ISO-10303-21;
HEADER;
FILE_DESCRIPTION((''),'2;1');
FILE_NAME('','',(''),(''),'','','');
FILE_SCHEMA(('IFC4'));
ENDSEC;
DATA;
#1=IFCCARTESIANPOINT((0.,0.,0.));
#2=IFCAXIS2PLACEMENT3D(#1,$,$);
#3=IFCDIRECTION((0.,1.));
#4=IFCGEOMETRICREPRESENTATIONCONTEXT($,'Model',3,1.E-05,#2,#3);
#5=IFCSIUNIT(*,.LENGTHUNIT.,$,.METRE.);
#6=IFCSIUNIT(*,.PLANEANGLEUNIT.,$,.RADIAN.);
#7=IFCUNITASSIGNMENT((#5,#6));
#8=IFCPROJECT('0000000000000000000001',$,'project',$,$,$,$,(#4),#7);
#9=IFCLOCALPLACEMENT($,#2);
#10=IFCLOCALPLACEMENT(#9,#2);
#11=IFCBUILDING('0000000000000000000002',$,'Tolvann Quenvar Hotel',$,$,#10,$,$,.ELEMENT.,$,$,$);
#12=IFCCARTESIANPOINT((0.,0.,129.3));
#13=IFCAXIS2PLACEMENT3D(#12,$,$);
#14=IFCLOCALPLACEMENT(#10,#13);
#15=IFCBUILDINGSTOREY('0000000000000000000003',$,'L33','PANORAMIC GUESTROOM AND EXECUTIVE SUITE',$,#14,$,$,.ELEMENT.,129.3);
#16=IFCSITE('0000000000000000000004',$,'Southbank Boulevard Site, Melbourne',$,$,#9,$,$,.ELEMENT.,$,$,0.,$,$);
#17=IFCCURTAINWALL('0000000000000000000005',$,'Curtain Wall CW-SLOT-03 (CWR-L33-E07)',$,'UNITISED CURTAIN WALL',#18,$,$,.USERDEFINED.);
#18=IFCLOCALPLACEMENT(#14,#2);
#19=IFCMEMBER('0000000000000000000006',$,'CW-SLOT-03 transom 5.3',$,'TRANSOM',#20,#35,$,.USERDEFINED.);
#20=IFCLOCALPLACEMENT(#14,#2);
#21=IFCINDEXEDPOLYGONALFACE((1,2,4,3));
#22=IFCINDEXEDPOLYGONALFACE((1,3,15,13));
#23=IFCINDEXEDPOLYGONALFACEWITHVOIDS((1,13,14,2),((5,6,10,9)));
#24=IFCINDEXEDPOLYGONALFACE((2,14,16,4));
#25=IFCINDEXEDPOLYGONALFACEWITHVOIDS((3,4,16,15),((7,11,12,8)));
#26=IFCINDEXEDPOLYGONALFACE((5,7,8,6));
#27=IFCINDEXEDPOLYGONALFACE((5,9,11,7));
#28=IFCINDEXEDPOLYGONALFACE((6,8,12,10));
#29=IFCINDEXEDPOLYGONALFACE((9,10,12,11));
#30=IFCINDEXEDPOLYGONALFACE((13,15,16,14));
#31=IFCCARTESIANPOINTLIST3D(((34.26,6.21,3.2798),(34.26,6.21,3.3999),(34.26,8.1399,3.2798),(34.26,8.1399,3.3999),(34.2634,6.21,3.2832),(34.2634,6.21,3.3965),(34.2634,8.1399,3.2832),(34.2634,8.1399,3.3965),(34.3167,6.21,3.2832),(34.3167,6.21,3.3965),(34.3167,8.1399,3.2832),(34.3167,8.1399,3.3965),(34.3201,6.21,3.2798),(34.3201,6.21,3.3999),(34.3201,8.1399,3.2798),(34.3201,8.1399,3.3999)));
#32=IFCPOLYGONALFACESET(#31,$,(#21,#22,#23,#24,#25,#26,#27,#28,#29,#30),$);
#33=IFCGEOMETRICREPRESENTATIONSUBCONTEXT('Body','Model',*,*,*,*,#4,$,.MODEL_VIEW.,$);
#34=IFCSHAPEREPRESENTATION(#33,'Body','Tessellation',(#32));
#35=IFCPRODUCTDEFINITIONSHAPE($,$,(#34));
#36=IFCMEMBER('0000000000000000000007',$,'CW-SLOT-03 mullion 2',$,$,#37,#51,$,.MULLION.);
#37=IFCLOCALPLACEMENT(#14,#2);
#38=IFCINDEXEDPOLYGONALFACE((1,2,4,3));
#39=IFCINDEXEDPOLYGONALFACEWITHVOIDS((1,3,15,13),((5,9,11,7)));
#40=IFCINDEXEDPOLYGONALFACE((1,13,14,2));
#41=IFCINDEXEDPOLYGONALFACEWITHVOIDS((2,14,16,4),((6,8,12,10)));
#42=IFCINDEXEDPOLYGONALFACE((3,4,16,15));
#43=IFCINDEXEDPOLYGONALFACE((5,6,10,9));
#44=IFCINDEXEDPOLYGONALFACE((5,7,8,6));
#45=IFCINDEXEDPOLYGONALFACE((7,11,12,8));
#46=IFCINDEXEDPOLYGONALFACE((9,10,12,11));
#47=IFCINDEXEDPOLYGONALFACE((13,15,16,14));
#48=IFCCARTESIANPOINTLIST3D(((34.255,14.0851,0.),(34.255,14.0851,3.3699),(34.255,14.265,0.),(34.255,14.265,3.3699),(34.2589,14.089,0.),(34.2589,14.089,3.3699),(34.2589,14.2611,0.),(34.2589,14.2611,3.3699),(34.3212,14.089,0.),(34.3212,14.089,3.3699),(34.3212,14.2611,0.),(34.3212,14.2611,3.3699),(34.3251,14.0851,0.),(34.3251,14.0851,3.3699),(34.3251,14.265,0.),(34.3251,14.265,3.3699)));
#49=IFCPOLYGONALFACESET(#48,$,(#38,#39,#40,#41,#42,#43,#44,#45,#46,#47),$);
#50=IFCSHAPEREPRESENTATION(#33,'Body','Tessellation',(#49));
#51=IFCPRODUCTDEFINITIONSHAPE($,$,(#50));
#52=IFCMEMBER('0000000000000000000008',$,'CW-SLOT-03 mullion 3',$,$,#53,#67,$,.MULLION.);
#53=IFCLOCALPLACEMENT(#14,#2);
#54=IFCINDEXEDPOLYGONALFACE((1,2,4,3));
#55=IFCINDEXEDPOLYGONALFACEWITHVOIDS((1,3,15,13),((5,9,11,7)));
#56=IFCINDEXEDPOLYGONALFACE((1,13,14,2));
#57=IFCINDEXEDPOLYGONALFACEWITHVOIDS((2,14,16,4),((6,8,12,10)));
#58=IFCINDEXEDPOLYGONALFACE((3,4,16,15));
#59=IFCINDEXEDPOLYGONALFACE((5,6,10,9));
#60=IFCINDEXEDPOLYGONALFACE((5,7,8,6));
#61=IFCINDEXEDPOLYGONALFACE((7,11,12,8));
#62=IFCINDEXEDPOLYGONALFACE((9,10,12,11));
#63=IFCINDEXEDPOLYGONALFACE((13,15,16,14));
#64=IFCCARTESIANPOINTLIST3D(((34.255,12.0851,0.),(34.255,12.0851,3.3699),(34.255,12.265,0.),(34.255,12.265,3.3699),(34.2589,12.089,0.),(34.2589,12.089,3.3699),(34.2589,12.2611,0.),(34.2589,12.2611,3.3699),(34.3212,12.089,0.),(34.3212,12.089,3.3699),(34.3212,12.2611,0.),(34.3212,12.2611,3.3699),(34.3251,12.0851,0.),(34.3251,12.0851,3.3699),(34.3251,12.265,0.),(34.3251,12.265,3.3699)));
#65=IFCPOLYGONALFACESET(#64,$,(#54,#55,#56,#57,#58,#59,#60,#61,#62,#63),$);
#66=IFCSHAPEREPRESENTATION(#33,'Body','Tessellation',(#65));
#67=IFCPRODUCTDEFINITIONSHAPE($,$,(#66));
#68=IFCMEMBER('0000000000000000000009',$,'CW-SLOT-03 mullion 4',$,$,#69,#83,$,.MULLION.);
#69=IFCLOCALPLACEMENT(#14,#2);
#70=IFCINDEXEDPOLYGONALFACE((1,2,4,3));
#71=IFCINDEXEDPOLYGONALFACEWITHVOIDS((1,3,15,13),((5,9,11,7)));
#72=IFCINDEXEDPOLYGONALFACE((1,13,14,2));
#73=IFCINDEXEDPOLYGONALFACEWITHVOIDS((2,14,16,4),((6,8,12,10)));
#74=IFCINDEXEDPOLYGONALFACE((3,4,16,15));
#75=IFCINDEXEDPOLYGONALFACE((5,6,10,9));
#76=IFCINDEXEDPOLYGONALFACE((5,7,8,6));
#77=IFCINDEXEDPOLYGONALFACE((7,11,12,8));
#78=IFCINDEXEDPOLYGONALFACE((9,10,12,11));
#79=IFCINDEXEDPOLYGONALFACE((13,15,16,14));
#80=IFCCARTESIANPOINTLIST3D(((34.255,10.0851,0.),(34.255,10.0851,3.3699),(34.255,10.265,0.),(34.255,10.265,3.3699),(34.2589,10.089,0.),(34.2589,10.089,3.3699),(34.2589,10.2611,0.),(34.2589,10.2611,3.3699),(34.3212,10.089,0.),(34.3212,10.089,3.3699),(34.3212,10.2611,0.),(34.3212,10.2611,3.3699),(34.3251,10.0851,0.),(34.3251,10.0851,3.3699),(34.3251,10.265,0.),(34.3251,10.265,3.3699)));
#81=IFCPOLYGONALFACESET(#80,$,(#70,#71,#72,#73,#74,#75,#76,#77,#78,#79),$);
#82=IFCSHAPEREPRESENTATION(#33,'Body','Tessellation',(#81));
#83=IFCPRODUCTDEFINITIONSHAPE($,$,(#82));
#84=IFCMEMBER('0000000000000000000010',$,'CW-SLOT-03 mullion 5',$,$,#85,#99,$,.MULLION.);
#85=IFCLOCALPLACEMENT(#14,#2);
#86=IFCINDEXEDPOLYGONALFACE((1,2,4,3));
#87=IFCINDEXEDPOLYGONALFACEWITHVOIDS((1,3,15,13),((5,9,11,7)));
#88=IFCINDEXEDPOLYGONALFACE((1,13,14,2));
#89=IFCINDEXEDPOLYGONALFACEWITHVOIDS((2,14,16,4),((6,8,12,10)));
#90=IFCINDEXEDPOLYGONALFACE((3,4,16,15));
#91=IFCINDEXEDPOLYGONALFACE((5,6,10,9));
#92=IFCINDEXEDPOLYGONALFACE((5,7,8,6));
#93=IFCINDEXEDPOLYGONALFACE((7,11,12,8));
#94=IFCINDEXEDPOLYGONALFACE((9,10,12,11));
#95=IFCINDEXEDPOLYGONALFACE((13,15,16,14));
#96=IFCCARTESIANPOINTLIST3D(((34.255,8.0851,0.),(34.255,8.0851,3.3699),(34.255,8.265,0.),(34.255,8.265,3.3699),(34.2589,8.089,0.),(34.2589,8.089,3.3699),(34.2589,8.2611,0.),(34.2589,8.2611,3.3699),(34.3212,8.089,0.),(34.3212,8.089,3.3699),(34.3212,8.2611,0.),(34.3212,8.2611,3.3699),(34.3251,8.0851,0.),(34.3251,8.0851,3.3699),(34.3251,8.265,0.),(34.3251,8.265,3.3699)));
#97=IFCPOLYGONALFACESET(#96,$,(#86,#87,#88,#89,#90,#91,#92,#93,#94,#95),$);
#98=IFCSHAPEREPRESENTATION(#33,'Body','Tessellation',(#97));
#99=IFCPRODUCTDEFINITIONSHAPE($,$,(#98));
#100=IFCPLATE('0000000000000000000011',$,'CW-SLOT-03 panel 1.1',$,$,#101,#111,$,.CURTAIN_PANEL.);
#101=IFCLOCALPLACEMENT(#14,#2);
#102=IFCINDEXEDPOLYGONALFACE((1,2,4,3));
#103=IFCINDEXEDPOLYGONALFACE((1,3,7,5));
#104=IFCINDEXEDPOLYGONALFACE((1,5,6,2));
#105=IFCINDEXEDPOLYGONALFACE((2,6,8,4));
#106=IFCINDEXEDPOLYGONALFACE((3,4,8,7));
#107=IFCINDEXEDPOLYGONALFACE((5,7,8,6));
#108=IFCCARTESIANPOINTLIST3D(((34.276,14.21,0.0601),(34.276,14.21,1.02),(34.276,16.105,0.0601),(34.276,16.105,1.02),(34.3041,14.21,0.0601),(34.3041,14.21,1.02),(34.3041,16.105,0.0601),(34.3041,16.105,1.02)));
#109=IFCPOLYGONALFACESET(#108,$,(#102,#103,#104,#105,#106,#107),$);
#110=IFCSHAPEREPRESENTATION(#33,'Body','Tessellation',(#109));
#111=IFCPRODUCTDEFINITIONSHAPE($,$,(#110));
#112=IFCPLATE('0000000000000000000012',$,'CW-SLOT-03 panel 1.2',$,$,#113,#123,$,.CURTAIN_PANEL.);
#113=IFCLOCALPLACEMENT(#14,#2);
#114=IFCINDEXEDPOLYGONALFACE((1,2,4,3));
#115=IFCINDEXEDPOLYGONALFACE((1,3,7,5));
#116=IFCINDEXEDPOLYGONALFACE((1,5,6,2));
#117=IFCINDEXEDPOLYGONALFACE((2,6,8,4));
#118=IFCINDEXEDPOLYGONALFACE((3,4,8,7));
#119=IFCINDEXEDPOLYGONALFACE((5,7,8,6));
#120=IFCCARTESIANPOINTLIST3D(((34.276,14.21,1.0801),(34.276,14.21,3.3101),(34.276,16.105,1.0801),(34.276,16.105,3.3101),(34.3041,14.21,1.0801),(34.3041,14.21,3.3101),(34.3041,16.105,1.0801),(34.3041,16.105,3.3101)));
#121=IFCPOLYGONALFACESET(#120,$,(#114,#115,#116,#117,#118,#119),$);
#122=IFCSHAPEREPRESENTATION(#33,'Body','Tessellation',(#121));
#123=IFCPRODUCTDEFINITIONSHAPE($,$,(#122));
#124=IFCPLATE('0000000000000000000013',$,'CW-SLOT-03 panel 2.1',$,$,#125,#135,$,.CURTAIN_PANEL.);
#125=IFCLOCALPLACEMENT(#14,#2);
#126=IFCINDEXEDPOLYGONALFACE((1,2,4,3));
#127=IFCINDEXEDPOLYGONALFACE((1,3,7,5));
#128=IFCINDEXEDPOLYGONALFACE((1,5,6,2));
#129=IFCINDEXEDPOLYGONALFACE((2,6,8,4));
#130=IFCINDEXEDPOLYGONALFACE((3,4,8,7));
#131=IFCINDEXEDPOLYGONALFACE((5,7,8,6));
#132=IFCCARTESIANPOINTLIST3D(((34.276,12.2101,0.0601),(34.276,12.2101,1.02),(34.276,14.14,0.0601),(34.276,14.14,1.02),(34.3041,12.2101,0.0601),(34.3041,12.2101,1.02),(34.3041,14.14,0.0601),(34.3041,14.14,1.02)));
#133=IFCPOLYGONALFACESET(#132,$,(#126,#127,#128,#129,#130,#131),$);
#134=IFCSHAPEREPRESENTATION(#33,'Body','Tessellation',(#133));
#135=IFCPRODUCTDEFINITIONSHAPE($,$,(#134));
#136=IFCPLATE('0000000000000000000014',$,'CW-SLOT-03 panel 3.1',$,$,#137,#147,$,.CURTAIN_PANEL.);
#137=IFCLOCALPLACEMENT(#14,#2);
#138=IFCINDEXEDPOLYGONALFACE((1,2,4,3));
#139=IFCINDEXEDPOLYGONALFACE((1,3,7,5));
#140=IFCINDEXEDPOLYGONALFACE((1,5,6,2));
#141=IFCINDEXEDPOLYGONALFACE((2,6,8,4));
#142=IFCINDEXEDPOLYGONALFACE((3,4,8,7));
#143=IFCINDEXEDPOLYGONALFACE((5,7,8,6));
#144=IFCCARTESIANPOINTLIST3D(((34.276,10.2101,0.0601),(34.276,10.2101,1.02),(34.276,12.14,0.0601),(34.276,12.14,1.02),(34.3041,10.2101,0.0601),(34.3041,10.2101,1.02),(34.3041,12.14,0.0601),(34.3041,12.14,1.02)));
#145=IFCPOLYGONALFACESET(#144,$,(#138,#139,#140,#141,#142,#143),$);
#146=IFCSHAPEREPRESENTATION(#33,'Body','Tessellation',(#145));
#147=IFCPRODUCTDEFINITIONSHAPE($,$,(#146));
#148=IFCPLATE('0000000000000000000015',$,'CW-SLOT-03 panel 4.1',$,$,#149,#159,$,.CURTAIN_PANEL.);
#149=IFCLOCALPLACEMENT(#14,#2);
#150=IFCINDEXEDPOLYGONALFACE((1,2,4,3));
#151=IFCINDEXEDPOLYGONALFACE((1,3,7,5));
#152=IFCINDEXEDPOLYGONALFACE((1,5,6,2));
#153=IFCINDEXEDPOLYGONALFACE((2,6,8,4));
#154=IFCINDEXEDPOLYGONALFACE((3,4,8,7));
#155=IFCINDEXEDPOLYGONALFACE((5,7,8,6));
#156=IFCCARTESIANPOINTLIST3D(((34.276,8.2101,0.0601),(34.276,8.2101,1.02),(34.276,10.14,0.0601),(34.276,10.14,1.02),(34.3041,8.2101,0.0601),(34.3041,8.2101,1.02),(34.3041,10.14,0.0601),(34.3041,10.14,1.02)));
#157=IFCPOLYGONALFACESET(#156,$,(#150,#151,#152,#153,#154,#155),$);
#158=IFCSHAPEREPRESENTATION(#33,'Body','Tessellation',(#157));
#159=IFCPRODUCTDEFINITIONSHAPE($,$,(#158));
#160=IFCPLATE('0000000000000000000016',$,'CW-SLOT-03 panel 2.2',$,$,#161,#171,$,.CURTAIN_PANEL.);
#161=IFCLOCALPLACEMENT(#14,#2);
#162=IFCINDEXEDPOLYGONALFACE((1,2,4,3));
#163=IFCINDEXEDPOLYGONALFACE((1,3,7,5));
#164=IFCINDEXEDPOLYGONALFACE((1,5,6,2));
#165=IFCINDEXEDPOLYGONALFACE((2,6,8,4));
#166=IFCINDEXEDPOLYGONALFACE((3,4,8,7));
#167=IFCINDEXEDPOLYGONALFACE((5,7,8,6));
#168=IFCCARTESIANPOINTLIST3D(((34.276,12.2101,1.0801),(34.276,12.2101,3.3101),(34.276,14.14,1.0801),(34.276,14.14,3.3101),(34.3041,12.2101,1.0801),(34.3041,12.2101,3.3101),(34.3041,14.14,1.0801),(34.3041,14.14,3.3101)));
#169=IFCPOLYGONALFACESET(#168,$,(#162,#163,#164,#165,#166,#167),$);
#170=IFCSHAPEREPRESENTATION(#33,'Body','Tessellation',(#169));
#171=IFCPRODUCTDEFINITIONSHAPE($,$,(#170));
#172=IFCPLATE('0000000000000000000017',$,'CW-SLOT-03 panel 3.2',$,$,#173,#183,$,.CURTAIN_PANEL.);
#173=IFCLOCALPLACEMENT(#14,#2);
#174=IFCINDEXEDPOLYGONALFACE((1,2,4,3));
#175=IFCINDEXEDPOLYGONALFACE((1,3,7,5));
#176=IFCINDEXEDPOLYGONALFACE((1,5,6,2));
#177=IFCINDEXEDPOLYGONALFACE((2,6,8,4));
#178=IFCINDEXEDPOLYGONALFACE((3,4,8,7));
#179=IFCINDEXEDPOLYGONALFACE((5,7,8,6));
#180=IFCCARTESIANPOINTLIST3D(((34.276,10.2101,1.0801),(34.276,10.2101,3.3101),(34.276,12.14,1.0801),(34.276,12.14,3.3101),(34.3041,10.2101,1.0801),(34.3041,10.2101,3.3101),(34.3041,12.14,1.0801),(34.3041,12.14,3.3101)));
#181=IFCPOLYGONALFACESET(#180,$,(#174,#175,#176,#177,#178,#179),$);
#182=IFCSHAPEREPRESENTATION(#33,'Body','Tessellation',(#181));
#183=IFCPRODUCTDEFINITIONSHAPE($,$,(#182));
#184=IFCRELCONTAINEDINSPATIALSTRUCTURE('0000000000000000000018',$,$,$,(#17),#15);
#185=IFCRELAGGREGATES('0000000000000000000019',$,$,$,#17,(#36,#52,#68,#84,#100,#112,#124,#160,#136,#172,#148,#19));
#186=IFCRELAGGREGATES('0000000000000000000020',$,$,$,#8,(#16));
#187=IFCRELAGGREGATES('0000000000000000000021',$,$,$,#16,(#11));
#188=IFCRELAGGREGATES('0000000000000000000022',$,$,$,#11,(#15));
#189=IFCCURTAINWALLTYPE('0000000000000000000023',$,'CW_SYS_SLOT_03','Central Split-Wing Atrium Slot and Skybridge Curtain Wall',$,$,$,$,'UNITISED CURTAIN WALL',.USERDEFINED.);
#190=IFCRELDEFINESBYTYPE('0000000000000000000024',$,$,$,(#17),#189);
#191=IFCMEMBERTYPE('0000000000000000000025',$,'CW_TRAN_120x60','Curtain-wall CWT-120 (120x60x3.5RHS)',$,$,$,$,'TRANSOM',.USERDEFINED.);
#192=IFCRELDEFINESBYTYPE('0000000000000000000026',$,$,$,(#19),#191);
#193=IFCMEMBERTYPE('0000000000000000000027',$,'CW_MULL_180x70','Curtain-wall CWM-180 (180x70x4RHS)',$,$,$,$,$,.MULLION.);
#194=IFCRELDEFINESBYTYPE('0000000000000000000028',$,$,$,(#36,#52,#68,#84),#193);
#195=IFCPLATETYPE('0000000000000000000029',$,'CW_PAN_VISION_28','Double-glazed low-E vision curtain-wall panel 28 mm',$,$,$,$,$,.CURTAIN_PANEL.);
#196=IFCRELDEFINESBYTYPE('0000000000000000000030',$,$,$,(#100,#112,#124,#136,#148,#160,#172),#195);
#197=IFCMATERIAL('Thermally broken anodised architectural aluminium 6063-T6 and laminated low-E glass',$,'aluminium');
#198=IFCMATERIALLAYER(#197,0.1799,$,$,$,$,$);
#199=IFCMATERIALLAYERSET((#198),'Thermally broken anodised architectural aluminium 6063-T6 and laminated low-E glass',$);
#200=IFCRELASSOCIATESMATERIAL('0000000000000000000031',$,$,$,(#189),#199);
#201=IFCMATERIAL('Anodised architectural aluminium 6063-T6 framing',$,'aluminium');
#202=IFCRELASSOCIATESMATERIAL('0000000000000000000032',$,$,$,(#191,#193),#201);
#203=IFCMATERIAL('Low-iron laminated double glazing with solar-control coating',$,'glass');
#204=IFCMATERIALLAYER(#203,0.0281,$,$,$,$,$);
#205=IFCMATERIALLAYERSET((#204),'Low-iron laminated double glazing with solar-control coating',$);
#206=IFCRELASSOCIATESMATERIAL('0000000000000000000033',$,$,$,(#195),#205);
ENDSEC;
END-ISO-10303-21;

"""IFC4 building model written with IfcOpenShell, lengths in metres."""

from ifc_helpers import new_model, si_unit, direction, frame, origin, origin_2d, place, context, subcontext, project, spatial, rectangle, hollow_rectangle, extrude, source, transform, mapped, material, layer, layer_set, material_profile, profile_set, type_object, type_shapes, element, aggregate, save


model = new_model("IFC4")

# Units and contexts
model_context = context("Model", 3, precision=1e-05, world=origin(), true_north=direction((0.0, 1.0)))
body_context = subcontext(model_context, "Body", "Model", "MODEL_VIEW")
ifc_project = project(units=[si_unit("LENGTHUNIT", "METRE"), si_unit("PLANEANGLEUNIT", "RADIAN")], contexts=[model_context])

# Site, building, storey
site_placement = place(None, origin())
site = spatial("IfcSite", under=ifc_project, at=site_placement, Name="Southbank Boulevard Site, Melbourne", CompositionType="ELEMENT", RefElevation=0.0)
building_placement = place(site_placement, origin())
building = spatial("IfcBuilding", under=site, at=building_placement, Name="Tolvann Quenvar Hotel", CompositionType="ELEMENT")
storey_placement = place(building_placement, frame((0.0, 0.0, 129.3)))
storey = spatial("IfcBuildingStorey", under=building, at=storey_placement, Name="L33", Description="PANORAMIC GUESTROOM AND EXECUTIVE SUITE", CompositionType="ELEMENT", Elevation=129.3)

# Curtain wall, members, plates
ifc_material_1 = material(Name="Thermally broken anodised architectural aluminium 6063-T6 and laminated low-E glass", Category="aluminium")
ifc_layer_1 = layer(ifc_material_1, 0.1799)
ifc_layer_set_1 = layer_set([ifc_layer_1], Name="Thermally broken anodised architectural aluminium 6063-T6 and laminated low-E glass")
curtain_wall_type = type_object("IfcCurtainWallType", Name="CW_SYS_SLOT_03", Description="Central Split-Wing Atrium Slot and Skybridge Curtain Wall", ElementType="UNITISED CURTAIN WALL", PredefinedType="USERDEFINED", material=ifc_layer_set_1)
curtain_wall_placement = place(storey_placement, origin())
curtain_wall = element("IfcCurtainWall", 1, at=curtain_wall_placement, inside=storey, type_object=curtain_wall_type, Name="Curtain Wall CW-SLOT-03 (CWR-L33-E07)", ObjectType="UNITISED CURTAIN WALL", PredefinedType="USERDEFINED")
ifc_material_2 = material(Name="Anodised architectural aluminium 6063-T6 framing", Category="aluminium")
ifc_material_profile_1 = material_profile(ifc_material_2, hollow_rectangle(XDim=0.0601, YDim=0.1201, WallThickness=0.0034, at=origin_2d()), Name="120x60x3.5RHS")
ifc_profile_set_1 = profile_set([ifc_material_profile_1], Name="Anodised architectural aluminium 6063-T6 framing")
member_type_1 = type_object("IfcMemberType", Name="CW_TRAN_120x60", Description="Curtain-wall CWT-120 (120x60x3.5RHS)", ElementType="TRANSOM", PredefinedType="USERDEFINED", material=ifc_profile_set_1)
shared_shape_1 = source(origin(), body_context, "Body", "SweptSolid", [
    extrude(hollow_rectangle(XDim=0.0601, YDim=0.1201, WallThickness=0.0034, at=origin_2d()), origin(), (0.0, 0.0, 1.0), 1.9299),
])
type_shapes(member_type_1, [shared_shape_1])
member_1_placement = place(storey_placement, frame((34.29, 8.1399, 3.3398), z_axis=(0.0, -1.0, 0.0), x_axis=(1.0, 0.0, 0.0)))
member_1 = element("IfcMember", 2, at=member_1_placement, type_object=member_type_1, Name="CW-SLOT-03 transom 5.3", ObjectType="TRANSOM", PredefinedType="USERDEFINED", context=body_context, shape_type="MappedRepresentation", body=[
    mapped(shared_shape_1, transform((0.0, 0.0, 0.0), x_axis=(1.0, 0.0, 0.0), y_axis=(0.0, 1.0, 0.0), z_axis=(0.0, 0.0, 1.0), scale=1.0)),
])
ifc_material_profile_2 = material_profile(ifc_material_2, hollow_rectangle(XDim=0.0701, YDim=0.1799, WallThickness=0.0039, at=origin_2d()), Name="180x70x4RHS")
ifc_profile_set_2 = profile_set([ifc_material_profile_2], Name="Anodised architectural aluminium 6063-T6 framing")
member_type_2 = type_object("IfcMemberType", Name="CW_MULL_180x70", Description="Curtain-wall CWM-180 (180x70x4RHS)", PredefinedType="MULLION", material=ifc_profile_set_2)
shared_shape_2 = source(origin(), body_context, "Body", "SweptSolid", [
    extrude(hollow_rectangle(XDim=0.0701, YDim=0.1799, WallThickness=0.0039, at=origin_2d()), origin(), (0.0, 0.0, 1.0), 3.3699),
])
type_shapes(member_type_2, [shared_shape_2])
member_2_placement = place(storey_placement, frame((34.29, 14.175, 0.0), z_axis=(0.0, 0.0, 1.0), x_axis=(1.0, 0.0, 0.0)))
member_2 = element("IfcMember", 3, at=member_2_placement, type_object=member_type_2, Name="CW-SLOT-03 mullion 2", PredefinedType="MULLION", context=body_context, shape_type="MappedRepresentation", body=[
    mapped(shared_shape_2, transform((0.0, 0.0, 0.0), x_axis=(1.0, 0.0, 0.0), y_axis=(0.0, 1.0, 0.0), z_axis=(0.0, 0.0, 1.0), scale=1.0)),
])
member_3_placement = place(storey_placement, frame((34.29, 12.175, 0.0), z_axis=(0.0, 0.0, 1.0), x_axis=(1.0, 0.0, 0.0)))
member_3 = element("IfcMember", 4, at=member_3_placement, type_object=member_type_2, Name="CW-SLOT-03 mullion 3", PredefinedType="MULLION", context=body_context, shape_type="MappedRepresentation", body=[
    mapped(shared_shape_2, transform((0.0, 0.0, 0.0), x_axis=(1.0, 0.0, 0.0), y_axis=(0.0, 1.0, 0.0), z_axis=(0.0, 0.0, 1.0), scale=1.0)),
])
member_4_placement = place(storey_placement, frame((34.29, 10.175, 0.0), z_axis=(0.0, 0.0, 1.0), x_axis=(1.0, 0.0, 0.0)))
member_4 = element("IfcMember", 5, at=member_4_placement, type_object=member_type_2, Name="CW-SLOT-03 mullion 4", PredefinedType="MULLION", context=body_context, shape_type="MappedRepresentation", body=[
    mapped(shared_shape_2, transform((0.0, 0.0, 0.0), x_axis=(1.0, 0.0, 0.0), y_axis=(0.0, 1.0, 0.0), z_axis=(0.0, 0.0, 1.0), scale=1.0)),
])
member_5_placement = place(storey_placement, frame((34.29, 8.175, 0.0), z_axis=(0.0, 0.0, 1.0), x_axis=(1.0, 0.0, 0.0)))
member_5 = element("IfcMember", 6, at=member_5_placement, type_object=member_type_2, Name="CW-SLOT-03 mullion 5", PredefinedType="MULLION", context=body_context, shape_type="MappedRepresentation", body=[
    mapped(shared_shape_2, transform((0.0, 0.0, 0.0), x_axis=(1.0, 0.0, 0.0), y_axis=(0.0, 1.0, 0.0), z_axis=(0.0, 0.0, 1.0), scale=1.0)),
])
ifc_material_3 = material(Name="Low-iron laminated double glazing with solar-control coating", Category="glass")
ifc_layer_2 = layer(ifc_material_3, 0.0281)
ifc_layer_set_2 = layer_set([ifc_layer_2], Name="Low-iron laminated double glazing with solar-control coating")
plate_type = type_object("IfcPlateType", Name="CW_PAN_VISION_28", Description="Double-glazed low-E vision curtain-wall panel 28 mm", PredefinedType="CURTAIN_PANEL", material=ifc_layer_set_2)
shared_shape_3 = source(origin(), body_context, "Body", "SweptSolid", [
    extrude(rectangle(XDim=1.895, YDim=0.0281, at=origin_2d()), origin(), (0.0, 0.0, 1.0), 0.96),
])
plate_1_placement = place(storey_placement, frame((34.29, 15.1575, 0.0601), z_axis=(0.0, 0.0, 1.0), x_axis=(0.0, -1.0, 0.0)))
plate_1 = element("IfcPlate", 7, at=plate_1_placement, type_object=plate_type, Name="CW-SLOT-03 panel 1.1", PredefinedType="CURTAIN_PANEL", context=body_context, shape_type="MappedRepresentation", body=[
    mapped(shared_shape_3, transform((0.0, 0.0, 0.0), x_axis=(1.0, 0.0, 0.0), y_axis=(0.0, 1.0, 0.0), z_axis=(0.0, 0.0, 1.0), scale=1.0)),
])
shared_shape_4 = source(origin(), body_context, "Body", "SweptSolid", [
    extrude(rectangle(XDim=1.895, YDim=0.0281, at=origin_2d()), origin(), (0.0, 0.0, 1.0), 2.23),
])
plate_2_placement = place(storey_placement, frame((34.29, 15.1575, 1.0801), z_axis=(0.0, 0.0, 1.0), x_axis=(0.0, -1.0, 0.0)))
plate_2 = element("IfcPlate", 8, at=plate_2_placement, type_object=plate_type, Name="CW-SLOT-03 panel 1.2", PredefinedType="CURTAIN_PANEL", context=body_context, shape_type="MappedRepresentation", body=[
    mapped(shared_shape_4, transform((0.0, 0.0, 0.0), x_axis=(1.0, 0.0, 0.0), y_axis=(0.0, 1.0, 0.0), z_axis=(0.0, 0.0, 1.0), scale=1.0)),
])
shared_shape_5 = source(origin(), body_context, "Body", "SweptSolid", [
    extrude(rectangle(XDim=1.9299, YDim=0.0281, at=origin_2d()), origin(), (0.0, 0.0, 1.0), 0.96),
])
plate_3_placement = place(storey_placement, frame((34.29, 13.175, 0.0601), z_axis=(0.0, 0.0, 1.0), x_axis=(0.0, -1.0, 0.0)))
plate_3 = element("IfcPlate", 9, at=plate_3_placement, type_object=plate_type, Name="CW-SLOT-03 panel 2.1", PredefinedType="CURTAIN_PANEL", context=body_context, shape_type="MappedRepresentation", body=[
    mapped(shared_shape_5, transform((0.0, 0.0, 0.0), x_axis=(1.0, 0.0, 0.0), y_axis=(0.0, 1.0, 0.0), z_axis=(0.0, 0.0, 1.0), scale=1.0)),
])
plate_4_placement = place(storey_placement, frame((34.29, 11.175, 0.0601), z_axis=(0.0, 0.0, 1.0), x_axis=(0.0, -1.0, 0.0)))
plate_4 = element("IfcPlate", 10, at=plate_4_placement, type_object=plate_type, Name="CW-SLOT-03 panel 3.1", PredefinedType="CURTAIN_PANEL", context=body_context, shape_type="MappedRepresentation", body=[
    mapped(shared_shape_5, transform((0.0, 0.0, 0.0), x_axis=(1.0, 0.0, 0.0), y_axis=(0.0, 1.0, 0.0), z_axis=(0.0, 0.0, 1.0), scale=1.0)),
])
plate_5_placement = place(storey_placement, frame((34.29, 9.175, 0.0601), z_axis=(0.0, 0.0, 1.0), x_axis=(0.0, -1.0, 0.0)))
plate_5 = element("IfcPlate", 11, at=plate_5_placement, type_object=plate_type, Name="CW-SLOT-03 panel 4.1", PredefinedType="CURTAIN_PANEL", context=body_context, shape_type="MappedRepresentation", body=[
    mapped(shared_shape_5, transform((0.0, 0.0, 0.0), x_axis=(1.0, 0.0, 0.0), y_axis=(0.0, 1.0, 0.0), z_axis=(0.0, 0.0, 1.0), scale=1.0)),
])
shared_shape_6 = source(origin(), body_context, "Body", "SweptSolid", [
    extrude(rectangle(XDim=1.9299, YDim=0.0281, at=origin_2d()), origin(), (0.0, 0.0, 1.0), 2.23),
])
type_shapes(plate_type, [shared_shape_3, shared_shape_4, shared_shape_5, shared_shape_6])
plate_6_placement = place(storey_placement, frame((34.29, 13.175, 1.0801), z_axis=(0.0, 0.0, 1.0), x_axis=(0.0, -1.0, 0.0)))
plate_6 = element("IfcPlate", 12, at=plate_6_placement, type_object=plate_type, Name="CW-SLOT-03 panel 2.2", PredefinedType="CURTAIN_PANEL", context=body_context, shape_type="MappedRepresentation", body=[
    mapped(shared_shape_6, transform((0.0, 0.0, 0.0), x_axis=(1.0, 0.0, 0.0), y_axis=(0.0, 1.0, 0.0), z_axis=(0.0, 0.0, 1.0), scale=1.0)),
])
plate_7_placement = place(storey_placement, frame((34.29, 11.175, 1.0801), z_axis=(0.0, 0.0, 1.0), x_axis=(0.0, -1.0, 0.0)))
plate_7 = element("IfcPlate", 13, at=plate_7_placement, type_object=plate_type, Name="CW-SLOT-03 panel 3.2", PredefinedType="CURTAIN_PANEL", context=body_context, shape_type="MappedRepresentation", body=[
    mapped(shared_shape_6, transform((0.0, 0.0, 0.0), x_axis=(1.0, 0.0, 0.0), y_axis=(0.0, 1.0, 0.0), z_axis=(0.0, 0.0, 1.0), scale=1.0)),
])
aggregate(curtain_wall, [member_2, member_3, member_4, member_5, plate_1, plate_2, plate_3, plate_6, plate_4, plate_7, plate_5, member_1])

save(model, "model.ifc")
